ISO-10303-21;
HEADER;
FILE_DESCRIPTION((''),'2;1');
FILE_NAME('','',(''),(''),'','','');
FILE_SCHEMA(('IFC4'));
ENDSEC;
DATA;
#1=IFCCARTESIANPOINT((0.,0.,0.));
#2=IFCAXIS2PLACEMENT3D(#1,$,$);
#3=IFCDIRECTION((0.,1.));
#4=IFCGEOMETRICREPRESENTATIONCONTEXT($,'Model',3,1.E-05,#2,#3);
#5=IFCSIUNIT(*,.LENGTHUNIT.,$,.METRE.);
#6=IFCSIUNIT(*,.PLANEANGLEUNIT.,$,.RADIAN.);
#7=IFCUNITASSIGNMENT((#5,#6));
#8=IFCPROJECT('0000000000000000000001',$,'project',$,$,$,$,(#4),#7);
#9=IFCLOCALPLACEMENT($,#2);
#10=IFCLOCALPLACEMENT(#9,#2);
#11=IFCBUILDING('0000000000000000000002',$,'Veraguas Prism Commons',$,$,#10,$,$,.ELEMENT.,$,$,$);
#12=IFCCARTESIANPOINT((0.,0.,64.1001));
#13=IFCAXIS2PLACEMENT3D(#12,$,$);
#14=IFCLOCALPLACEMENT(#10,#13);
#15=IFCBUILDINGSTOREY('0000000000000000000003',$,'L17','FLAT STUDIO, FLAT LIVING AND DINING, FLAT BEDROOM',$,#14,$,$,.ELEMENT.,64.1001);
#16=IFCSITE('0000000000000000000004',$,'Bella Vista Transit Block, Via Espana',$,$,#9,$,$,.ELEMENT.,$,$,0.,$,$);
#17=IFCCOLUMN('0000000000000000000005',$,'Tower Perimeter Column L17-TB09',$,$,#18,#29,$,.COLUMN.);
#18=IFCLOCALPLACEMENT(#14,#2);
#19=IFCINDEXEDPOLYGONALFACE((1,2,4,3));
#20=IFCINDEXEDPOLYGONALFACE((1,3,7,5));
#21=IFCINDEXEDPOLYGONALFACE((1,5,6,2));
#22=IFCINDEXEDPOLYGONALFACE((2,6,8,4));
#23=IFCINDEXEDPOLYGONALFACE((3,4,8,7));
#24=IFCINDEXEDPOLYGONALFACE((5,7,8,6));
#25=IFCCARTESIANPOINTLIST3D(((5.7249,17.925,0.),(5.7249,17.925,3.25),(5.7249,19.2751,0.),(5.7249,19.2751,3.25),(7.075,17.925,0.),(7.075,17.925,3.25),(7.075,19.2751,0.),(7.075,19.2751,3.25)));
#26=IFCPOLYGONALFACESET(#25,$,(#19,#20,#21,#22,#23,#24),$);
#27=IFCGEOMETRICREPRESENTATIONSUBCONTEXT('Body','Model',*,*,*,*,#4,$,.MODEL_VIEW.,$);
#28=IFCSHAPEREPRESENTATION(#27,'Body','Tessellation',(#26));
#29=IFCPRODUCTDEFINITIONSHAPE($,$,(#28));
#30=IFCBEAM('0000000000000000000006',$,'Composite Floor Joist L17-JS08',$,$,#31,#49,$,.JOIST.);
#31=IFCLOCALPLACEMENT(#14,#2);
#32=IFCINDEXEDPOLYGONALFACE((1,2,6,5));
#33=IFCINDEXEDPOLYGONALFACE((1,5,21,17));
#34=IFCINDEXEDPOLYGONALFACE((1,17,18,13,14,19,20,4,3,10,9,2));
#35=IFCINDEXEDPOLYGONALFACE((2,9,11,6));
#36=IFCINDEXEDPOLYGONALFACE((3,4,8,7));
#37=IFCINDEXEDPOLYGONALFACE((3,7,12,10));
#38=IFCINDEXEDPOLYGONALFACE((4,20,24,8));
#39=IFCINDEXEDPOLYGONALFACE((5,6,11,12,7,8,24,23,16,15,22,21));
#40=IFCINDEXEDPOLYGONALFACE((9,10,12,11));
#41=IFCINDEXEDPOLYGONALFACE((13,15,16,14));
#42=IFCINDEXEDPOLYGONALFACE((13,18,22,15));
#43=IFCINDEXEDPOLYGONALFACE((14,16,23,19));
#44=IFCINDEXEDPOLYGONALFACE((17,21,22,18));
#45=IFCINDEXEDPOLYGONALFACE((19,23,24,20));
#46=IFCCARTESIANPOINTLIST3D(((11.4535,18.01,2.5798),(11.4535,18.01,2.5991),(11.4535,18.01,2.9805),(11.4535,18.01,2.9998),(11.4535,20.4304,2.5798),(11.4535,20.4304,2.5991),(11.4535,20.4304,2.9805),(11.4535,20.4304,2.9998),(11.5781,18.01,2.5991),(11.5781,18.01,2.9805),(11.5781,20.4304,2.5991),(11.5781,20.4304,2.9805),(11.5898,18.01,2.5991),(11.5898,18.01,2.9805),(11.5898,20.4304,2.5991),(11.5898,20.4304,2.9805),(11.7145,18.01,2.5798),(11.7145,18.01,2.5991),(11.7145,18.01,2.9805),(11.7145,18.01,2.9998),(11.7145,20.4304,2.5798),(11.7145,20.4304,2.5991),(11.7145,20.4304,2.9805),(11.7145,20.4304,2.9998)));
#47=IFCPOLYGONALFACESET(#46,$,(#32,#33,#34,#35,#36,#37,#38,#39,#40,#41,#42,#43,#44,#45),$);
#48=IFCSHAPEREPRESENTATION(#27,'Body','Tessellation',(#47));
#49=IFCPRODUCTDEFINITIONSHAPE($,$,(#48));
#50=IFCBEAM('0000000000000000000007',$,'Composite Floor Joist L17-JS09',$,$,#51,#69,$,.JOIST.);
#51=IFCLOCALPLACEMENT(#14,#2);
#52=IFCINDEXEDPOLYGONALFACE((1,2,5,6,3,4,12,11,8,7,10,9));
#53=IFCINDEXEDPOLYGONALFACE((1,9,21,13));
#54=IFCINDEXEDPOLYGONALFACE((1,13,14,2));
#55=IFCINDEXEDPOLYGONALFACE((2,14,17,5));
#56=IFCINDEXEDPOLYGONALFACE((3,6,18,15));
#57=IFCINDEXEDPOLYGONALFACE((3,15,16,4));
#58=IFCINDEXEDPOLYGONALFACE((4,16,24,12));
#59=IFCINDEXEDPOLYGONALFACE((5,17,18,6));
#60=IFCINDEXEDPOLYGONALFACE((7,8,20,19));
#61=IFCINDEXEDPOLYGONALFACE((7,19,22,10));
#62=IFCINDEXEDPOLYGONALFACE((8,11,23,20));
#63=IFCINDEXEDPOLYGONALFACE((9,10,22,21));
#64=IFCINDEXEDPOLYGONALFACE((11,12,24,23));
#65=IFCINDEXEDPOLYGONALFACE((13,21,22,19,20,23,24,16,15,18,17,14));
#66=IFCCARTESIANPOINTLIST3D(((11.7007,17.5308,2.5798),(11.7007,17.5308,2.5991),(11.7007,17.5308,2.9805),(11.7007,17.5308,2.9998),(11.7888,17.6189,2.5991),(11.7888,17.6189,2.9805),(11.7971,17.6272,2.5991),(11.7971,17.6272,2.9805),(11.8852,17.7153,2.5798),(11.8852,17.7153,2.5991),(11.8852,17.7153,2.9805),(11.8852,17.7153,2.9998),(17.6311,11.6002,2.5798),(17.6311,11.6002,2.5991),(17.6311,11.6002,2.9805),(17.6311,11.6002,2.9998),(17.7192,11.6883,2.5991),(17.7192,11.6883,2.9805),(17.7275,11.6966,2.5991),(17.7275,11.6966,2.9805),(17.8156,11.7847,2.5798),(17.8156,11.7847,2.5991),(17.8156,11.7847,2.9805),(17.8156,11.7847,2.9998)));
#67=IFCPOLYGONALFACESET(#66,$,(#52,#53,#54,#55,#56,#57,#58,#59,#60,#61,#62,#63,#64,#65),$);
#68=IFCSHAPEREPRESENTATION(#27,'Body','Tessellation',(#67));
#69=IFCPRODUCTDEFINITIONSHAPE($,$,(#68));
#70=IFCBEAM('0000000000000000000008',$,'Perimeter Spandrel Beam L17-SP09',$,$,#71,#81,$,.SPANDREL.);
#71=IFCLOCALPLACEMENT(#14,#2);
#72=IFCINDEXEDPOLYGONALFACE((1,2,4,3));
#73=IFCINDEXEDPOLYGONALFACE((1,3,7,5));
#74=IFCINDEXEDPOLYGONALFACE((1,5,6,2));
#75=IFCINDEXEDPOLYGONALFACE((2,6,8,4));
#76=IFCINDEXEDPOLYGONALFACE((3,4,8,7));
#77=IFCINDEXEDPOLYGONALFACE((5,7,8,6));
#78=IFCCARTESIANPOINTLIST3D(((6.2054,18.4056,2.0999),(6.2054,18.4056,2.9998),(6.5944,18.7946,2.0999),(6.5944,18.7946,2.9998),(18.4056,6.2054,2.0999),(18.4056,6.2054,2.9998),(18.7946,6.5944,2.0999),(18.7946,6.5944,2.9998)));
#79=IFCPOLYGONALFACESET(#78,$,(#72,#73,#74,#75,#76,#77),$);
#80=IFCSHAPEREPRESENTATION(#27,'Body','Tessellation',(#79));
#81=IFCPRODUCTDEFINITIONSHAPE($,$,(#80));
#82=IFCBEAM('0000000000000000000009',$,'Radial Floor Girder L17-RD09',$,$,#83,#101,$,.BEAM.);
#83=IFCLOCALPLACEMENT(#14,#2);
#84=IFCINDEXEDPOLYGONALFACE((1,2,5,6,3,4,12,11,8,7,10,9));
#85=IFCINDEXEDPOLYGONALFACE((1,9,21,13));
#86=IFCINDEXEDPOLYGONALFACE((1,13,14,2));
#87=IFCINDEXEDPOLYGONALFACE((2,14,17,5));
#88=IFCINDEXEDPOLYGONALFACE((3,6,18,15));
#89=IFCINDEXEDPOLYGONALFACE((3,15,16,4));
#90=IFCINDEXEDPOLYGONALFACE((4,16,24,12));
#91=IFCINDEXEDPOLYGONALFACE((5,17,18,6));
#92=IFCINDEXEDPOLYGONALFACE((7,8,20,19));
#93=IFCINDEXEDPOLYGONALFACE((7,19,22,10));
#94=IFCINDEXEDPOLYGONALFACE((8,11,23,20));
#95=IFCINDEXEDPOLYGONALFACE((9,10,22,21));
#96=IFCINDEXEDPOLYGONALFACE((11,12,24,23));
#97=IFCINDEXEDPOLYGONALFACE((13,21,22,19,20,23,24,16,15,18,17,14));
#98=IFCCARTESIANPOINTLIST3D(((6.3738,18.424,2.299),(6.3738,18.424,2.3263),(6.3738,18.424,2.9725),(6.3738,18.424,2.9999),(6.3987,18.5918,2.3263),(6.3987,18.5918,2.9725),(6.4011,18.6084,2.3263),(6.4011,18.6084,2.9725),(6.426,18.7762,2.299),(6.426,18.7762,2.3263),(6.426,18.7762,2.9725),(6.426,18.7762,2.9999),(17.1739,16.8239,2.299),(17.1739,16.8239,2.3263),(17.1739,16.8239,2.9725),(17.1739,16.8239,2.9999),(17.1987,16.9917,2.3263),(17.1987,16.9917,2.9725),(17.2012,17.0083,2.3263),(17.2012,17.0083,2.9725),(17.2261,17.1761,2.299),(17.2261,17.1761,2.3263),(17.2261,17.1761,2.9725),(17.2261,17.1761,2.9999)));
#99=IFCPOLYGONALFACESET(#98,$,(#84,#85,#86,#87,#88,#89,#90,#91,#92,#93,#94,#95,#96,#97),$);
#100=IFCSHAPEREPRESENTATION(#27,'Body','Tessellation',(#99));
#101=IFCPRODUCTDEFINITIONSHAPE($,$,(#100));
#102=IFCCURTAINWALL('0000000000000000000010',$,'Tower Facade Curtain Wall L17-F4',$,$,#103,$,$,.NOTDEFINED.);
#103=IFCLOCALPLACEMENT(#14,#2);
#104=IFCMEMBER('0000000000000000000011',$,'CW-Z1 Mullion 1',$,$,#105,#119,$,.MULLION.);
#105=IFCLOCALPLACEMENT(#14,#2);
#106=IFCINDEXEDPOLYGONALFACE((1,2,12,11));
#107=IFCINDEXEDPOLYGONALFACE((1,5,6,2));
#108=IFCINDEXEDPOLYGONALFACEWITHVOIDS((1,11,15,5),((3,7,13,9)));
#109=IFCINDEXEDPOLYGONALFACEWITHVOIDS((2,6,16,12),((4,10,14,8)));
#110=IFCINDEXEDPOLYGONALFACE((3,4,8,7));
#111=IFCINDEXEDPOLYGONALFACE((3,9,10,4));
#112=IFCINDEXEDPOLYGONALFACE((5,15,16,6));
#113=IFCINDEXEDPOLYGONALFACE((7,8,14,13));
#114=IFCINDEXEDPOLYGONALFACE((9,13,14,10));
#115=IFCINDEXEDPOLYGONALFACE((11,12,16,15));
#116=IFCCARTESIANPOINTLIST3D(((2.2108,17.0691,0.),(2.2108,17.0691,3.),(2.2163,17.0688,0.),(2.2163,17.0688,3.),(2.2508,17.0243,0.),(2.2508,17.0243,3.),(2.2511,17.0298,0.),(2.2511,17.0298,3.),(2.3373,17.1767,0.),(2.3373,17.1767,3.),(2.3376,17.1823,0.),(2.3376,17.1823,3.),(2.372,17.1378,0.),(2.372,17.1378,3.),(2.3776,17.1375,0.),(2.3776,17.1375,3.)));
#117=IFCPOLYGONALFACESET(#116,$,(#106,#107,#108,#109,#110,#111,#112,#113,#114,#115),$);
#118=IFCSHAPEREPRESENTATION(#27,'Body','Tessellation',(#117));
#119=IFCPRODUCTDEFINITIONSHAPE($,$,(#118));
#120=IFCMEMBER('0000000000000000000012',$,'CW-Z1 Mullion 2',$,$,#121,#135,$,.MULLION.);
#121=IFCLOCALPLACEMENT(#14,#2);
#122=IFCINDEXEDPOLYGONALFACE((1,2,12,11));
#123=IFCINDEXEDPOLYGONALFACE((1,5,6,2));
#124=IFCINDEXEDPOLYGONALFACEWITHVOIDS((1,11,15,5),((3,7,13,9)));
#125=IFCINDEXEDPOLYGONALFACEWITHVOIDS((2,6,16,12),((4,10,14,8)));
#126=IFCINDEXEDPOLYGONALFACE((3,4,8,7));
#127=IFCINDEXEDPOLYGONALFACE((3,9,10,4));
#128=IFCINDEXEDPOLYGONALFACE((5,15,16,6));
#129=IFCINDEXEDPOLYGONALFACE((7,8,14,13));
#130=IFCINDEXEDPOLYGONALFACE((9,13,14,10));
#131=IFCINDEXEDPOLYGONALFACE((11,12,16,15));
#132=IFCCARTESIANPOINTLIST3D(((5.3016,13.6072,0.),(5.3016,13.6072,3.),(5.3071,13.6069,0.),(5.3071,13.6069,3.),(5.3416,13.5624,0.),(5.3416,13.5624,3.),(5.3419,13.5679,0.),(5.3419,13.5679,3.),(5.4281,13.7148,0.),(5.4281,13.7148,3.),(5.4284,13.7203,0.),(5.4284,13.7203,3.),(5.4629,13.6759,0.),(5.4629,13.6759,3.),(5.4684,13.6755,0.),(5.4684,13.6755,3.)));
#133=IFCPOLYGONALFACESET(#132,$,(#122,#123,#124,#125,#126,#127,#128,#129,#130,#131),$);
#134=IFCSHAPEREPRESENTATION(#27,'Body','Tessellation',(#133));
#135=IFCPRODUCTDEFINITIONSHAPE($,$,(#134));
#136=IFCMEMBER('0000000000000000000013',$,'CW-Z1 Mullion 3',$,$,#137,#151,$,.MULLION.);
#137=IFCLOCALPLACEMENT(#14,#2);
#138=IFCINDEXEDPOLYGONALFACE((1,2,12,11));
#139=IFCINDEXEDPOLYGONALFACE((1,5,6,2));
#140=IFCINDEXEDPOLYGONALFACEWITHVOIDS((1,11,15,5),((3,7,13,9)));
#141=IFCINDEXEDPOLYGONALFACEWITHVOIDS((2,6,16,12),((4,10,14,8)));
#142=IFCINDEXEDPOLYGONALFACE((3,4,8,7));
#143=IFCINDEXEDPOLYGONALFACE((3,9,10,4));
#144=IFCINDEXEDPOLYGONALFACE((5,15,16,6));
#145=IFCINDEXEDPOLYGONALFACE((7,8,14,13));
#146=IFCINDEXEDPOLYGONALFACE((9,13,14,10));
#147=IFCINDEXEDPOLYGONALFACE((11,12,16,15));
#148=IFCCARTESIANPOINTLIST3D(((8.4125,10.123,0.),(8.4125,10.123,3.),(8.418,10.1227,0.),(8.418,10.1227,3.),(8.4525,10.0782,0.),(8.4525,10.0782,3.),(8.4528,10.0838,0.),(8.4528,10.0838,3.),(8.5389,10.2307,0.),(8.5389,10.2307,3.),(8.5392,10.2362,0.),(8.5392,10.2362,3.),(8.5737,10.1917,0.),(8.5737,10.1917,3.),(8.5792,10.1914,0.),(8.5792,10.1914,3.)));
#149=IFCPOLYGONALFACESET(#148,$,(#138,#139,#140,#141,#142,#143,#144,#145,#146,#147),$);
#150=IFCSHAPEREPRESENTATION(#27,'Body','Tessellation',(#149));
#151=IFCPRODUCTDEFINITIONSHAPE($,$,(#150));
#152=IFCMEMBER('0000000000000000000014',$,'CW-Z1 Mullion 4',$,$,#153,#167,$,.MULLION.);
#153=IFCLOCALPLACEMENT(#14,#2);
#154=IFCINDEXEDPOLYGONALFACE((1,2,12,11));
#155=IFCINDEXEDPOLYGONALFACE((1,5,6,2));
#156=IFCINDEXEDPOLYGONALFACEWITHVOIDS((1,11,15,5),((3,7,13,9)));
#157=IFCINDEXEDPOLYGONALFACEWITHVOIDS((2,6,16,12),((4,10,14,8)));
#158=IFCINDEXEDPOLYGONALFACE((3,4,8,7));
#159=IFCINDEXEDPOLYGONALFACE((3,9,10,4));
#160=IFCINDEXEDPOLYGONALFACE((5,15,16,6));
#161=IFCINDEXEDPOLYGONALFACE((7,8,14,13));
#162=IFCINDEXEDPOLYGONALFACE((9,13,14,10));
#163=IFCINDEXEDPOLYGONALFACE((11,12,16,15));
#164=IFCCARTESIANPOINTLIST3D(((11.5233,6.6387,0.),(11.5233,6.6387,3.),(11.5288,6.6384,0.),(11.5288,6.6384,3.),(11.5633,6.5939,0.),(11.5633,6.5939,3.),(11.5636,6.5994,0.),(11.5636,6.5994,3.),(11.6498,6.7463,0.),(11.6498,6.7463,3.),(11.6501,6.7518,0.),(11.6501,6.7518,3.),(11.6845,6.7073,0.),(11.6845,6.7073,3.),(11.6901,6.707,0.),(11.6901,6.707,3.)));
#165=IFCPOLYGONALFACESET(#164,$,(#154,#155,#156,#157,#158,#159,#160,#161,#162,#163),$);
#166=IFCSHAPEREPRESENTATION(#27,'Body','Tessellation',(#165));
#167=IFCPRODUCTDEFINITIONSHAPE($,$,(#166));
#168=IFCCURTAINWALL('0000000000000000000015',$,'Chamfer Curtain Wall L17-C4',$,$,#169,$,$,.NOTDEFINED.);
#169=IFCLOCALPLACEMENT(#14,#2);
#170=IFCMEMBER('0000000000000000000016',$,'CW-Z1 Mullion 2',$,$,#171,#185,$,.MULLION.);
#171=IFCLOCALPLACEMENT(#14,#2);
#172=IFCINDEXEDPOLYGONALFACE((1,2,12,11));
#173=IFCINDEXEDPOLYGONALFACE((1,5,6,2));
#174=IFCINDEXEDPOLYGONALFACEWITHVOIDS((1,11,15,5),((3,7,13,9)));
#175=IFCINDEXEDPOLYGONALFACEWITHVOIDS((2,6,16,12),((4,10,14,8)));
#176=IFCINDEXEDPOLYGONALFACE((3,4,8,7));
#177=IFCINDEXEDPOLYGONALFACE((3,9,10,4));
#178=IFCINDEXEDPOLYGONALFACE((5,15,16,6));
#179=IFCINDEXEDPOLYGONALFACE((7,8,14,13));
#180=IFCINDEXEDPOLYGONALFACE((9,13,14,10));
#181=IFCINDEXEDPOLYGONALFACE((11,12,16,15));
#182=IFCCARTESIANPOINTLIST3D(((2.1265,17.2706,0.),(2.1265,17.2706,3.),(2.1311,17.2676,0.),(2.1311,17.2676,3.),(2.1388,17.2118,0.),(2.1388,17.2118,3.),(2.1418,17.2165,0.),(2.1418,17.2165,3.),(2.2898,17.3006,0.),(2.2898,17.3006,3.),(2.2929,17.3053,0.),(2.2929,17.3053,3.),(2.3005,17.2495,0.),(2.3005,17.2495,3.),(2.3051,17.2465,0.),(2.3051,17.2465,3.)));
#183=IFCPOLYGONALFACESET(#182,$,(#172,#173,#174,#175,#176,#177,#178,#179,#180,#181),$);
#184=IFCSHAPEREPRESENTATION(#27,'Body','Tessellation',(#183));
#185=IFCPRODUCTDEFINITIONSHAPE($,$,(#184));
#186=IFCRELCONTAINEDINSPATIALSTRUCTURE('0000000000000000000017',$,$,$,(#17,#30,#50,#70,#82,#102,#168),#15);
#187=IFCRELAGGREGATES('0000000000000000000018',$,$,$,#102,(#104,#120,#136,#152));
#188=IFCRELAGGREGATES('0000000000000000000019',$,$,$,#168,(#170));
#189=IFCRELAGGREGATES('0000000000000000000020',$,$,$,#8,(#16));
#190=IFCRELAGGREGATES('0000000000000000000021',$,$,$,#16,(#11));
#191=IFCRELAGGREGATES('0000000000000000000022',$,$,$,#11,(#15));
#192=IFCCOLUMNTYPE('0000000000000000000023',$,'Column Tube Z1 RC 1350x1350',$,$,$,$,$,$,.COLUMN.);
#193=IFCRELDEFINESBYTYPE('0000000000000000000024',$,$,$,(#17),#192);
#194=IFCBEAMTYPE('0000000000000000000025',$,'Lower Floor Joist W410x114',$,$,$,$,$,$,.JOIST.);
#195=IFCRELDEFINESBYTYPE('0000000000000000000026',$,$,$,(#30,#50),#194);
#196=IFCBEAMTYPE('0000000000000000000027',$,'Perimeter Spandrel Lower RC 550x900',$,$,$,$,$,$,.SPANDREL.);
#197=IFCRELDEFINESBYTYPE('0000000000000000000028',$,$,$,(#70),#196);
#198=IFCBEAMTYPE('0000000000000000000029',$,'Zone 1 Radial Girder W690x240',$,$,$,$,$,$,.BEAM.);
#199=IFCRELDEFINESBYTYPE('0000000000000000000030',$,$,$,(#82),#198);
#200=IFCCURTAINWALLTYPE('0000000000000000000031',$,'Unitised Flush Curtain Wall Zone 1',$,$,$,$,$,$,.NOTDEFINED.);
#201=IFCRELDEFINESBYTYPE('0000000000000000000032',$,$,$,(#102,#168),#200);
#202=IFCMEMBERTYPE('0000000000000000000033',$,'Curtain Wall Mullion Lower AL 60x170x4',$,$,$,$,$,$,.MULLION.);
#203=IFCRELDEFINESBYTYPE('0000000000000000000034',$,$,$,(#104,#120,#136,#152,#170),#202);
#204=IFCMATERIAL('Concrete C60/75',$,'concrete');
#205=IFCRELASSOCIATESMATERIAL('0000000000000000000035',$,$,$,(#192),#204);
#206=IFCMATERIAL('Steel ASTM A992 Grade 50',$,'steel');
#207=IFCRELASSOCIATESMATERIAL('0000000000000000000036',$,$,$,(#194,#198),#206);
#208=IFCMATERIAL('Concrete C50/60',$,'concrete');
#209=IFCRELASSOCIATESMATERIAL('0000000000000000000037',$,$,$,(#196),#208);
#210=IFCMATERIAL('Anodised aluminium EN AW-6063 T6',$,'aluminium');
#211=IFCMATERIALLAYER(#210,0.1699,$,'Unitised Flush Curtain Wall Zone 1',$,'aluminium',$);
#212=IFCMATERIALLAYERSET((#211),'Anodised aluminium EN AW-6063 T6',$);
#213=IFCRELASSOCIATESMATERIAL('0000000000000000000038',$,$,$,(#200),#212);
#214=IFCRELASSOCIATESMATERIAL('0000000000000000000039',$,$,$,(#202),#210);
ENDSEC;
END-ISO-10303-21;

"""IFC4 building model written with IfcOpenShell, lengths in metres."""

from ifc_helpers import new_model, si_unit, direction, frame, origin, origin_2d, place, context, subcontext, project, spatial, rectangle, hollow_rectangle, i_section, extrude, source, transform, mapped, material, layer, layer_set, material_profile, profile_set, type_object, element, aggregate, save


model = new_model("IFC4")

# Units and contexts
model_context = context("Model", 3, precision=1e-05, world=origin(), true_north=direction((0.0, 1.0)))
body_context = subcontext(model_context, "Body", "Model", "MODEL_VIEW")
ifc_project = project(units=[si_unit("LENGTHUNIT", "METRE"), si_unit("PLANEANGLEUNIT", "RADIAN")], contexts=[model_context])

# Site, building, storey
site_placement = place(None, origin())
site = spatial("IfcSite", under=ifc_project, at=site_placement, Name="Bella Vista Transit Block, Via Espana", CompositionType="ELEMENT", RefElevation=0.0)
building_placement = place(site_placement, origin())
building = spatial("IfcBuilding", under=site, at=building_placement, Name="Veraguas Prism Commons", CompositionType="ELEMENT")
storey_placement = place(building_placement, frame((0.0, 0.0, 64.1001)))
storey = spatial("IfcBuildingStorey", under=building, at=storey_placement, Name="L17", Description="FLAT STUDIO, FLAT LIVING AND DINING, FLAT BEDROOM", CompositionType="ELEMENT", Elevation=64.1001)

# Column
ifc_material_1 = material(Name="Concrete C60/75", Category="concrete")
ifc_material_profile_1 = material_profile(ifc_material_1, rectangle(XDim=1.3501, YDim=1.3501, at=origin_2d()), Name="RC1350X1350")
ifc_profile_set_1 = profile_set([ifc_material_profile_1], Name="Concrete C60/75")
column_type = type_object("IfcColumnType", Name="Column Tube Z1 RC 1350x1350", PredefinedType="COLUMN", material=ifc_profile_set_1)
column_placement = place(storey_placement, frame((6.3999, 18.6001, 0.0), z_axis=(0.0, 0.0, 1.0), x_axis=(1.0, 0.0, 0.0)))
element("IfcColumn", 1, at=column_placement, inside=storey, type_object=column_type, Name="Tower Perimeter Column L17-TB09", PredefinedType="COLUMN", context=body_context, shape_type="SweptSolid", body=[
    extrude(rectangle(XDim=1.3501, YDim=1.3501, at=origin_2d()), origin(), (0.0, 0.0, 1.0), 3.25),
])

# Beams
ifc_material_2 = material(Name="Steel ASTM A992 Grade 50", Category="steel")
ifc_material_profile_2 = material_profile(ifc_material_2, i_section(OverallWidth=0.261, OverallDepth=0.4199, WebThickness=0.0117, FlangeThickness=0.0193, at=origin_2d()), Name="W410X114")
ifc_profile_set_2 = profile_set([ifc_material_profile_2], Name="Steel ASTM A992 Grade 50")
beam_type_1 = type_object("IfcBeamType", Name="Lower Floor Joist W410x114", PredefinedType="JOIST", material=ifc_profile_set_2)
beam_1_placement = place(storey_placement, frame((11.584, 20.4304, 2.7898), z_axis=(0.0, -1.0, 0.0), x_axis=(1.0, 0.0, 0.0)))
element("IfcBeam", 2, at=beam_1_placement, inside=storey, type_object=beam_type_1, Name="Composite Floor Joist L17-JS08", PredefinedType="JOIST", context=body_context, shape_type="SweptSolid", body=[
    extrude(i_section(OverallWidth=0.261, OverallDepth=0.4199, WebThickness=0.0117, FlangeThickness=0.0193, at=origin_2d()), origin(), (0.0, 0.0, 1.0), 2.4204),
])
beam_2_placement = place(storey_placement, frame((11.793, 17.623, 2.7898), z_axis=(0.707092, -0.707121, 0.0), x_axis=(0.707121, 0.707092, 0.0)))
element("IfcBeam", 3, at=beam_2_placement, inside=storey, type_object=beam_type_1, Name="Composite Floor Joist L17-JS09", PredefinedType="JOIST", context=body_context, shape_type="SweptSolid", body=[
    extrude(i_section(OverallWidth=0.261, OverallDepth=0.4199, WebThickness=0.0117, FlangeThickness=0.0193, at=origin_2d()), origin(), (0.0, 0.0, 1.0), 8.387),
])
ifc_material_3 = material(Name="Concrete C50/60", Category="concrete")
ifc_material_profile_3 = material_profile(ifc_material_3, rectangle(XDim=0.55, YDim=0.8999, at=origin_2d()), Name="RC550X900")
ifc_profile_set_3 = profile_set([ifc_material_profile_3], Name="Concrete C50/60")
beam_type_2 = type_object("IfcBeamType", Name="Perimeter Spandrel Lower RC 550x900", PredefinedType="SPANDREL", material=ifc_profile_set_3)
beam_3_placement = place(storey_placement, frame((6.3999, 18.6001, 2.5498), z_axis=(0.707107, -0.707107, 0.0), x_axis=(0.707107, 0.707107, 0.0)))
element("IfcBeam", 4, at=beam_3_placement, inside=storey, type_object=beam_type_2, Name="Perimeter Spandrel Beam L17-SP09", PredefinedType="SPANDREL", context=body_context, shape_type="SweptSolid", body=[
    extrude(rectangle(XDim=0.55, YDim=0.8999, at=origin_2d()), origin(), (0.0, 0.0, 1.0), 17.2537),
])
ifc_material_profile_4 = material_profile(ifc_material_2, i_section(OverallWidth=0.356, OverallDepth=0.7009, WebThickness=0.0168, FlangeThickness=0.0273, at=origin_2d()), Name="W690X240")
ifc_profile_set_4 = profile_set([ifc_material_profile_4], Name="Steel ASTM A992 Grade 50")
beam_type_3 = type_object("IfcBeamType", Name="Zone 1 Radial Girder W690x240", PredefinedType="BEAM", material=ifc_profile_set_4)
beam_4_placement = place(storey_placement, frame((6.3999, 18.6001, 2.6494), z_axis=(0.989202, -0.146557, 0.0), x_axis=(0.146557, 0.989202, 0.0)))
element("IfcBeam", 5, at=beam_4_placement, inside=storey, type_object=beam_type_3, Name="Radial Floor Girder L17-RD09", PredefinedType="BEAM", context=body_context, shape_type="SweptSolid", body=[
    extrude(i_section(OverallWidth=0.356, OverallDepth=0.7009, WebThickness=0.0168, FlangeThickness=0.0273, at=origin_2d()), origin(), (0.0, 0.0, 1.0), 10.918),
])

# Curtain wall, members
ifc_material_4 = material(Name="Anodised aluminium EN AW-6063 T6", Category="aluminium")
ifc_layer_1 = layer(ifc_material_4, 0.1699, Name="Unitised Flush Curtain Wall Zone 1", Category="aluminium")
ifc_layer_set_1 = layer_set([ifc_layer_1], Name="Anodised aluminium EN AW-6063 T6")
curtain_wall_type = type_object("IfcCurtainWallType", Name="Unitised Flush Curtain Wall Zone 1", PredefinedType="NOTDEFINED", material=ifc_layer_set_1)
curtain_wall_1_placement = place(storey_placement, origin())
curtain_wall_1 = element("IfcCurtainWall", 6, at=curtain_wall_1_placement, inside=storey, type_object=curtain_wall_type, Name="Tower Facade Curtain Wall L17-F4", PredefinedType="NOTDEFINED")
ifc_material_profile_5 = material_profile(ifc_material_4, hollow_rectangle(XDim=0.0601, YDim=0.1699, WallThickness=0.0039, at=origin_2d()), Name="AL60X170X4")
ifc_profile_set_5 = profile_set([ifc_material_profile_5], Name="Anodised aluminium EN AW-6063 T6")
member_type_1 = type_object("IfcMemberType", Name="Curtain Wall Mullion Lower AL 60x170x4", PredefinedType="MULLION", material=ifc_profile_set_5)
shared_shape_1 = source(origin(), body_context, "Body", "SweptSolid", [
    extrude(hollow_rectangle(XDim=0.0601, YDim=0.1699, WallThickness=0.0039, at=origin_2d()), origin(), (0.0, 0.0, 1.0), 3.0),
])
member_1_placement = place(storey_placement, frame((2.2942, 17.1033, 0.0), z_axis=(0.0, 0.0, 1.0), x_axis=(0.666012, -0.745941, 0.0)))
member_1 = element("IfcMember", 7, at=member_1_placement, type_object=member_type_1, Name="CW-Z1 Mullion 1", PredefinedType="MULLION", context=body_context, shape_type="MappedRepresentation", body=[
    mapped(shared_shape_1, transform((0.0, 0.0, 0.0), scale=1.0)),
])
member_2_placement = place(storey_placement, frame((5.385, 13.6414, 0.0), z_axis=(0.0, 0.0, 1.0), x_axis=(0.666012, -0.745941, 0.0)))
member_2 = element("IfcMember", 8, at=member_2_placement, type_object=member_type_1, Name="CW-Z1 Mullion 2", PredefinedType="MULLION", context=body_context, shape_type="MappedRepresentation", body=[
    mapped(shared_shape_1, transform((0.0, 0.0, 0.0), scale=1.0)),
])
member_3_placement = place(storey_placement, frame((8.4958, 10.1572, 0.0), z_axis=(0.0, 0.0, 1.0), x_axis=(0.666012, -0.745941, 0.0)))
member_3 = element("IfcMember", 9, at=member_3_placement, type_object=member_type_1, Name="CW-Z1 Mullion 3", PredefinedType="MULLION", context=body_context, shape_type="MappedRepresentation", body=[
    mapped(shared_shape_1, transform((0.0, 0.0, 0.0), scale=1.0)),
])
member_4_placement = place(storey_placement, frame((11.6067, 6.6729, 0.0), z_axis=(0.0, 0.0, 1.0), x_axis=(0.666012, -0.745941, 0.0)))
member_4 = element("IfcMember", 10, at=member_4_placement, type_object=member_type_1, Name="CW-Z1 Mullion 4", PredefinedType="MULLION", context=body_context, shape_type="MappedRepresentation", body=[
    mapped(shared_shape_1, transform((0.0, 0.0, 0.0), scale=1.0)),
])

# Curtain wall, member
curtain_wall_2_placement = place(storey_placement, origin())
curtain_wall_2 = element("IfcCurtainWall", 11, at=curtain_wall_2_placement, inside=storey, type_object=curtain_wall_type, Name="Chamfer Curtain Wall L17-C4", PredefinedType="NOTDEFINED")
member_5_placement = place(storey_placement, frame((2.2158, 17.2585, 0.0), z_axis=(0.0, 0.0, 1.0), x_axis=(0.203811, -0.97901, 0.0)))
member_5 = element("IfcMember", 12, at=member_5_placement, type_object=member_type_1, Name="CW-Z1 Mullion 2", PredefinedType="MULLION", context=body_context, shape_type="MappedRepresentation", body=[
    mapped(shared_shape_1, transform((0.0, 0.0, 0.0), scale=1.0)),
])

aggregate(curtain_wall_1, [member_1, member_2, member_3, member_4])
aggregate(curtain_wall_2, [member_5])

save(model, "model.ifc")
